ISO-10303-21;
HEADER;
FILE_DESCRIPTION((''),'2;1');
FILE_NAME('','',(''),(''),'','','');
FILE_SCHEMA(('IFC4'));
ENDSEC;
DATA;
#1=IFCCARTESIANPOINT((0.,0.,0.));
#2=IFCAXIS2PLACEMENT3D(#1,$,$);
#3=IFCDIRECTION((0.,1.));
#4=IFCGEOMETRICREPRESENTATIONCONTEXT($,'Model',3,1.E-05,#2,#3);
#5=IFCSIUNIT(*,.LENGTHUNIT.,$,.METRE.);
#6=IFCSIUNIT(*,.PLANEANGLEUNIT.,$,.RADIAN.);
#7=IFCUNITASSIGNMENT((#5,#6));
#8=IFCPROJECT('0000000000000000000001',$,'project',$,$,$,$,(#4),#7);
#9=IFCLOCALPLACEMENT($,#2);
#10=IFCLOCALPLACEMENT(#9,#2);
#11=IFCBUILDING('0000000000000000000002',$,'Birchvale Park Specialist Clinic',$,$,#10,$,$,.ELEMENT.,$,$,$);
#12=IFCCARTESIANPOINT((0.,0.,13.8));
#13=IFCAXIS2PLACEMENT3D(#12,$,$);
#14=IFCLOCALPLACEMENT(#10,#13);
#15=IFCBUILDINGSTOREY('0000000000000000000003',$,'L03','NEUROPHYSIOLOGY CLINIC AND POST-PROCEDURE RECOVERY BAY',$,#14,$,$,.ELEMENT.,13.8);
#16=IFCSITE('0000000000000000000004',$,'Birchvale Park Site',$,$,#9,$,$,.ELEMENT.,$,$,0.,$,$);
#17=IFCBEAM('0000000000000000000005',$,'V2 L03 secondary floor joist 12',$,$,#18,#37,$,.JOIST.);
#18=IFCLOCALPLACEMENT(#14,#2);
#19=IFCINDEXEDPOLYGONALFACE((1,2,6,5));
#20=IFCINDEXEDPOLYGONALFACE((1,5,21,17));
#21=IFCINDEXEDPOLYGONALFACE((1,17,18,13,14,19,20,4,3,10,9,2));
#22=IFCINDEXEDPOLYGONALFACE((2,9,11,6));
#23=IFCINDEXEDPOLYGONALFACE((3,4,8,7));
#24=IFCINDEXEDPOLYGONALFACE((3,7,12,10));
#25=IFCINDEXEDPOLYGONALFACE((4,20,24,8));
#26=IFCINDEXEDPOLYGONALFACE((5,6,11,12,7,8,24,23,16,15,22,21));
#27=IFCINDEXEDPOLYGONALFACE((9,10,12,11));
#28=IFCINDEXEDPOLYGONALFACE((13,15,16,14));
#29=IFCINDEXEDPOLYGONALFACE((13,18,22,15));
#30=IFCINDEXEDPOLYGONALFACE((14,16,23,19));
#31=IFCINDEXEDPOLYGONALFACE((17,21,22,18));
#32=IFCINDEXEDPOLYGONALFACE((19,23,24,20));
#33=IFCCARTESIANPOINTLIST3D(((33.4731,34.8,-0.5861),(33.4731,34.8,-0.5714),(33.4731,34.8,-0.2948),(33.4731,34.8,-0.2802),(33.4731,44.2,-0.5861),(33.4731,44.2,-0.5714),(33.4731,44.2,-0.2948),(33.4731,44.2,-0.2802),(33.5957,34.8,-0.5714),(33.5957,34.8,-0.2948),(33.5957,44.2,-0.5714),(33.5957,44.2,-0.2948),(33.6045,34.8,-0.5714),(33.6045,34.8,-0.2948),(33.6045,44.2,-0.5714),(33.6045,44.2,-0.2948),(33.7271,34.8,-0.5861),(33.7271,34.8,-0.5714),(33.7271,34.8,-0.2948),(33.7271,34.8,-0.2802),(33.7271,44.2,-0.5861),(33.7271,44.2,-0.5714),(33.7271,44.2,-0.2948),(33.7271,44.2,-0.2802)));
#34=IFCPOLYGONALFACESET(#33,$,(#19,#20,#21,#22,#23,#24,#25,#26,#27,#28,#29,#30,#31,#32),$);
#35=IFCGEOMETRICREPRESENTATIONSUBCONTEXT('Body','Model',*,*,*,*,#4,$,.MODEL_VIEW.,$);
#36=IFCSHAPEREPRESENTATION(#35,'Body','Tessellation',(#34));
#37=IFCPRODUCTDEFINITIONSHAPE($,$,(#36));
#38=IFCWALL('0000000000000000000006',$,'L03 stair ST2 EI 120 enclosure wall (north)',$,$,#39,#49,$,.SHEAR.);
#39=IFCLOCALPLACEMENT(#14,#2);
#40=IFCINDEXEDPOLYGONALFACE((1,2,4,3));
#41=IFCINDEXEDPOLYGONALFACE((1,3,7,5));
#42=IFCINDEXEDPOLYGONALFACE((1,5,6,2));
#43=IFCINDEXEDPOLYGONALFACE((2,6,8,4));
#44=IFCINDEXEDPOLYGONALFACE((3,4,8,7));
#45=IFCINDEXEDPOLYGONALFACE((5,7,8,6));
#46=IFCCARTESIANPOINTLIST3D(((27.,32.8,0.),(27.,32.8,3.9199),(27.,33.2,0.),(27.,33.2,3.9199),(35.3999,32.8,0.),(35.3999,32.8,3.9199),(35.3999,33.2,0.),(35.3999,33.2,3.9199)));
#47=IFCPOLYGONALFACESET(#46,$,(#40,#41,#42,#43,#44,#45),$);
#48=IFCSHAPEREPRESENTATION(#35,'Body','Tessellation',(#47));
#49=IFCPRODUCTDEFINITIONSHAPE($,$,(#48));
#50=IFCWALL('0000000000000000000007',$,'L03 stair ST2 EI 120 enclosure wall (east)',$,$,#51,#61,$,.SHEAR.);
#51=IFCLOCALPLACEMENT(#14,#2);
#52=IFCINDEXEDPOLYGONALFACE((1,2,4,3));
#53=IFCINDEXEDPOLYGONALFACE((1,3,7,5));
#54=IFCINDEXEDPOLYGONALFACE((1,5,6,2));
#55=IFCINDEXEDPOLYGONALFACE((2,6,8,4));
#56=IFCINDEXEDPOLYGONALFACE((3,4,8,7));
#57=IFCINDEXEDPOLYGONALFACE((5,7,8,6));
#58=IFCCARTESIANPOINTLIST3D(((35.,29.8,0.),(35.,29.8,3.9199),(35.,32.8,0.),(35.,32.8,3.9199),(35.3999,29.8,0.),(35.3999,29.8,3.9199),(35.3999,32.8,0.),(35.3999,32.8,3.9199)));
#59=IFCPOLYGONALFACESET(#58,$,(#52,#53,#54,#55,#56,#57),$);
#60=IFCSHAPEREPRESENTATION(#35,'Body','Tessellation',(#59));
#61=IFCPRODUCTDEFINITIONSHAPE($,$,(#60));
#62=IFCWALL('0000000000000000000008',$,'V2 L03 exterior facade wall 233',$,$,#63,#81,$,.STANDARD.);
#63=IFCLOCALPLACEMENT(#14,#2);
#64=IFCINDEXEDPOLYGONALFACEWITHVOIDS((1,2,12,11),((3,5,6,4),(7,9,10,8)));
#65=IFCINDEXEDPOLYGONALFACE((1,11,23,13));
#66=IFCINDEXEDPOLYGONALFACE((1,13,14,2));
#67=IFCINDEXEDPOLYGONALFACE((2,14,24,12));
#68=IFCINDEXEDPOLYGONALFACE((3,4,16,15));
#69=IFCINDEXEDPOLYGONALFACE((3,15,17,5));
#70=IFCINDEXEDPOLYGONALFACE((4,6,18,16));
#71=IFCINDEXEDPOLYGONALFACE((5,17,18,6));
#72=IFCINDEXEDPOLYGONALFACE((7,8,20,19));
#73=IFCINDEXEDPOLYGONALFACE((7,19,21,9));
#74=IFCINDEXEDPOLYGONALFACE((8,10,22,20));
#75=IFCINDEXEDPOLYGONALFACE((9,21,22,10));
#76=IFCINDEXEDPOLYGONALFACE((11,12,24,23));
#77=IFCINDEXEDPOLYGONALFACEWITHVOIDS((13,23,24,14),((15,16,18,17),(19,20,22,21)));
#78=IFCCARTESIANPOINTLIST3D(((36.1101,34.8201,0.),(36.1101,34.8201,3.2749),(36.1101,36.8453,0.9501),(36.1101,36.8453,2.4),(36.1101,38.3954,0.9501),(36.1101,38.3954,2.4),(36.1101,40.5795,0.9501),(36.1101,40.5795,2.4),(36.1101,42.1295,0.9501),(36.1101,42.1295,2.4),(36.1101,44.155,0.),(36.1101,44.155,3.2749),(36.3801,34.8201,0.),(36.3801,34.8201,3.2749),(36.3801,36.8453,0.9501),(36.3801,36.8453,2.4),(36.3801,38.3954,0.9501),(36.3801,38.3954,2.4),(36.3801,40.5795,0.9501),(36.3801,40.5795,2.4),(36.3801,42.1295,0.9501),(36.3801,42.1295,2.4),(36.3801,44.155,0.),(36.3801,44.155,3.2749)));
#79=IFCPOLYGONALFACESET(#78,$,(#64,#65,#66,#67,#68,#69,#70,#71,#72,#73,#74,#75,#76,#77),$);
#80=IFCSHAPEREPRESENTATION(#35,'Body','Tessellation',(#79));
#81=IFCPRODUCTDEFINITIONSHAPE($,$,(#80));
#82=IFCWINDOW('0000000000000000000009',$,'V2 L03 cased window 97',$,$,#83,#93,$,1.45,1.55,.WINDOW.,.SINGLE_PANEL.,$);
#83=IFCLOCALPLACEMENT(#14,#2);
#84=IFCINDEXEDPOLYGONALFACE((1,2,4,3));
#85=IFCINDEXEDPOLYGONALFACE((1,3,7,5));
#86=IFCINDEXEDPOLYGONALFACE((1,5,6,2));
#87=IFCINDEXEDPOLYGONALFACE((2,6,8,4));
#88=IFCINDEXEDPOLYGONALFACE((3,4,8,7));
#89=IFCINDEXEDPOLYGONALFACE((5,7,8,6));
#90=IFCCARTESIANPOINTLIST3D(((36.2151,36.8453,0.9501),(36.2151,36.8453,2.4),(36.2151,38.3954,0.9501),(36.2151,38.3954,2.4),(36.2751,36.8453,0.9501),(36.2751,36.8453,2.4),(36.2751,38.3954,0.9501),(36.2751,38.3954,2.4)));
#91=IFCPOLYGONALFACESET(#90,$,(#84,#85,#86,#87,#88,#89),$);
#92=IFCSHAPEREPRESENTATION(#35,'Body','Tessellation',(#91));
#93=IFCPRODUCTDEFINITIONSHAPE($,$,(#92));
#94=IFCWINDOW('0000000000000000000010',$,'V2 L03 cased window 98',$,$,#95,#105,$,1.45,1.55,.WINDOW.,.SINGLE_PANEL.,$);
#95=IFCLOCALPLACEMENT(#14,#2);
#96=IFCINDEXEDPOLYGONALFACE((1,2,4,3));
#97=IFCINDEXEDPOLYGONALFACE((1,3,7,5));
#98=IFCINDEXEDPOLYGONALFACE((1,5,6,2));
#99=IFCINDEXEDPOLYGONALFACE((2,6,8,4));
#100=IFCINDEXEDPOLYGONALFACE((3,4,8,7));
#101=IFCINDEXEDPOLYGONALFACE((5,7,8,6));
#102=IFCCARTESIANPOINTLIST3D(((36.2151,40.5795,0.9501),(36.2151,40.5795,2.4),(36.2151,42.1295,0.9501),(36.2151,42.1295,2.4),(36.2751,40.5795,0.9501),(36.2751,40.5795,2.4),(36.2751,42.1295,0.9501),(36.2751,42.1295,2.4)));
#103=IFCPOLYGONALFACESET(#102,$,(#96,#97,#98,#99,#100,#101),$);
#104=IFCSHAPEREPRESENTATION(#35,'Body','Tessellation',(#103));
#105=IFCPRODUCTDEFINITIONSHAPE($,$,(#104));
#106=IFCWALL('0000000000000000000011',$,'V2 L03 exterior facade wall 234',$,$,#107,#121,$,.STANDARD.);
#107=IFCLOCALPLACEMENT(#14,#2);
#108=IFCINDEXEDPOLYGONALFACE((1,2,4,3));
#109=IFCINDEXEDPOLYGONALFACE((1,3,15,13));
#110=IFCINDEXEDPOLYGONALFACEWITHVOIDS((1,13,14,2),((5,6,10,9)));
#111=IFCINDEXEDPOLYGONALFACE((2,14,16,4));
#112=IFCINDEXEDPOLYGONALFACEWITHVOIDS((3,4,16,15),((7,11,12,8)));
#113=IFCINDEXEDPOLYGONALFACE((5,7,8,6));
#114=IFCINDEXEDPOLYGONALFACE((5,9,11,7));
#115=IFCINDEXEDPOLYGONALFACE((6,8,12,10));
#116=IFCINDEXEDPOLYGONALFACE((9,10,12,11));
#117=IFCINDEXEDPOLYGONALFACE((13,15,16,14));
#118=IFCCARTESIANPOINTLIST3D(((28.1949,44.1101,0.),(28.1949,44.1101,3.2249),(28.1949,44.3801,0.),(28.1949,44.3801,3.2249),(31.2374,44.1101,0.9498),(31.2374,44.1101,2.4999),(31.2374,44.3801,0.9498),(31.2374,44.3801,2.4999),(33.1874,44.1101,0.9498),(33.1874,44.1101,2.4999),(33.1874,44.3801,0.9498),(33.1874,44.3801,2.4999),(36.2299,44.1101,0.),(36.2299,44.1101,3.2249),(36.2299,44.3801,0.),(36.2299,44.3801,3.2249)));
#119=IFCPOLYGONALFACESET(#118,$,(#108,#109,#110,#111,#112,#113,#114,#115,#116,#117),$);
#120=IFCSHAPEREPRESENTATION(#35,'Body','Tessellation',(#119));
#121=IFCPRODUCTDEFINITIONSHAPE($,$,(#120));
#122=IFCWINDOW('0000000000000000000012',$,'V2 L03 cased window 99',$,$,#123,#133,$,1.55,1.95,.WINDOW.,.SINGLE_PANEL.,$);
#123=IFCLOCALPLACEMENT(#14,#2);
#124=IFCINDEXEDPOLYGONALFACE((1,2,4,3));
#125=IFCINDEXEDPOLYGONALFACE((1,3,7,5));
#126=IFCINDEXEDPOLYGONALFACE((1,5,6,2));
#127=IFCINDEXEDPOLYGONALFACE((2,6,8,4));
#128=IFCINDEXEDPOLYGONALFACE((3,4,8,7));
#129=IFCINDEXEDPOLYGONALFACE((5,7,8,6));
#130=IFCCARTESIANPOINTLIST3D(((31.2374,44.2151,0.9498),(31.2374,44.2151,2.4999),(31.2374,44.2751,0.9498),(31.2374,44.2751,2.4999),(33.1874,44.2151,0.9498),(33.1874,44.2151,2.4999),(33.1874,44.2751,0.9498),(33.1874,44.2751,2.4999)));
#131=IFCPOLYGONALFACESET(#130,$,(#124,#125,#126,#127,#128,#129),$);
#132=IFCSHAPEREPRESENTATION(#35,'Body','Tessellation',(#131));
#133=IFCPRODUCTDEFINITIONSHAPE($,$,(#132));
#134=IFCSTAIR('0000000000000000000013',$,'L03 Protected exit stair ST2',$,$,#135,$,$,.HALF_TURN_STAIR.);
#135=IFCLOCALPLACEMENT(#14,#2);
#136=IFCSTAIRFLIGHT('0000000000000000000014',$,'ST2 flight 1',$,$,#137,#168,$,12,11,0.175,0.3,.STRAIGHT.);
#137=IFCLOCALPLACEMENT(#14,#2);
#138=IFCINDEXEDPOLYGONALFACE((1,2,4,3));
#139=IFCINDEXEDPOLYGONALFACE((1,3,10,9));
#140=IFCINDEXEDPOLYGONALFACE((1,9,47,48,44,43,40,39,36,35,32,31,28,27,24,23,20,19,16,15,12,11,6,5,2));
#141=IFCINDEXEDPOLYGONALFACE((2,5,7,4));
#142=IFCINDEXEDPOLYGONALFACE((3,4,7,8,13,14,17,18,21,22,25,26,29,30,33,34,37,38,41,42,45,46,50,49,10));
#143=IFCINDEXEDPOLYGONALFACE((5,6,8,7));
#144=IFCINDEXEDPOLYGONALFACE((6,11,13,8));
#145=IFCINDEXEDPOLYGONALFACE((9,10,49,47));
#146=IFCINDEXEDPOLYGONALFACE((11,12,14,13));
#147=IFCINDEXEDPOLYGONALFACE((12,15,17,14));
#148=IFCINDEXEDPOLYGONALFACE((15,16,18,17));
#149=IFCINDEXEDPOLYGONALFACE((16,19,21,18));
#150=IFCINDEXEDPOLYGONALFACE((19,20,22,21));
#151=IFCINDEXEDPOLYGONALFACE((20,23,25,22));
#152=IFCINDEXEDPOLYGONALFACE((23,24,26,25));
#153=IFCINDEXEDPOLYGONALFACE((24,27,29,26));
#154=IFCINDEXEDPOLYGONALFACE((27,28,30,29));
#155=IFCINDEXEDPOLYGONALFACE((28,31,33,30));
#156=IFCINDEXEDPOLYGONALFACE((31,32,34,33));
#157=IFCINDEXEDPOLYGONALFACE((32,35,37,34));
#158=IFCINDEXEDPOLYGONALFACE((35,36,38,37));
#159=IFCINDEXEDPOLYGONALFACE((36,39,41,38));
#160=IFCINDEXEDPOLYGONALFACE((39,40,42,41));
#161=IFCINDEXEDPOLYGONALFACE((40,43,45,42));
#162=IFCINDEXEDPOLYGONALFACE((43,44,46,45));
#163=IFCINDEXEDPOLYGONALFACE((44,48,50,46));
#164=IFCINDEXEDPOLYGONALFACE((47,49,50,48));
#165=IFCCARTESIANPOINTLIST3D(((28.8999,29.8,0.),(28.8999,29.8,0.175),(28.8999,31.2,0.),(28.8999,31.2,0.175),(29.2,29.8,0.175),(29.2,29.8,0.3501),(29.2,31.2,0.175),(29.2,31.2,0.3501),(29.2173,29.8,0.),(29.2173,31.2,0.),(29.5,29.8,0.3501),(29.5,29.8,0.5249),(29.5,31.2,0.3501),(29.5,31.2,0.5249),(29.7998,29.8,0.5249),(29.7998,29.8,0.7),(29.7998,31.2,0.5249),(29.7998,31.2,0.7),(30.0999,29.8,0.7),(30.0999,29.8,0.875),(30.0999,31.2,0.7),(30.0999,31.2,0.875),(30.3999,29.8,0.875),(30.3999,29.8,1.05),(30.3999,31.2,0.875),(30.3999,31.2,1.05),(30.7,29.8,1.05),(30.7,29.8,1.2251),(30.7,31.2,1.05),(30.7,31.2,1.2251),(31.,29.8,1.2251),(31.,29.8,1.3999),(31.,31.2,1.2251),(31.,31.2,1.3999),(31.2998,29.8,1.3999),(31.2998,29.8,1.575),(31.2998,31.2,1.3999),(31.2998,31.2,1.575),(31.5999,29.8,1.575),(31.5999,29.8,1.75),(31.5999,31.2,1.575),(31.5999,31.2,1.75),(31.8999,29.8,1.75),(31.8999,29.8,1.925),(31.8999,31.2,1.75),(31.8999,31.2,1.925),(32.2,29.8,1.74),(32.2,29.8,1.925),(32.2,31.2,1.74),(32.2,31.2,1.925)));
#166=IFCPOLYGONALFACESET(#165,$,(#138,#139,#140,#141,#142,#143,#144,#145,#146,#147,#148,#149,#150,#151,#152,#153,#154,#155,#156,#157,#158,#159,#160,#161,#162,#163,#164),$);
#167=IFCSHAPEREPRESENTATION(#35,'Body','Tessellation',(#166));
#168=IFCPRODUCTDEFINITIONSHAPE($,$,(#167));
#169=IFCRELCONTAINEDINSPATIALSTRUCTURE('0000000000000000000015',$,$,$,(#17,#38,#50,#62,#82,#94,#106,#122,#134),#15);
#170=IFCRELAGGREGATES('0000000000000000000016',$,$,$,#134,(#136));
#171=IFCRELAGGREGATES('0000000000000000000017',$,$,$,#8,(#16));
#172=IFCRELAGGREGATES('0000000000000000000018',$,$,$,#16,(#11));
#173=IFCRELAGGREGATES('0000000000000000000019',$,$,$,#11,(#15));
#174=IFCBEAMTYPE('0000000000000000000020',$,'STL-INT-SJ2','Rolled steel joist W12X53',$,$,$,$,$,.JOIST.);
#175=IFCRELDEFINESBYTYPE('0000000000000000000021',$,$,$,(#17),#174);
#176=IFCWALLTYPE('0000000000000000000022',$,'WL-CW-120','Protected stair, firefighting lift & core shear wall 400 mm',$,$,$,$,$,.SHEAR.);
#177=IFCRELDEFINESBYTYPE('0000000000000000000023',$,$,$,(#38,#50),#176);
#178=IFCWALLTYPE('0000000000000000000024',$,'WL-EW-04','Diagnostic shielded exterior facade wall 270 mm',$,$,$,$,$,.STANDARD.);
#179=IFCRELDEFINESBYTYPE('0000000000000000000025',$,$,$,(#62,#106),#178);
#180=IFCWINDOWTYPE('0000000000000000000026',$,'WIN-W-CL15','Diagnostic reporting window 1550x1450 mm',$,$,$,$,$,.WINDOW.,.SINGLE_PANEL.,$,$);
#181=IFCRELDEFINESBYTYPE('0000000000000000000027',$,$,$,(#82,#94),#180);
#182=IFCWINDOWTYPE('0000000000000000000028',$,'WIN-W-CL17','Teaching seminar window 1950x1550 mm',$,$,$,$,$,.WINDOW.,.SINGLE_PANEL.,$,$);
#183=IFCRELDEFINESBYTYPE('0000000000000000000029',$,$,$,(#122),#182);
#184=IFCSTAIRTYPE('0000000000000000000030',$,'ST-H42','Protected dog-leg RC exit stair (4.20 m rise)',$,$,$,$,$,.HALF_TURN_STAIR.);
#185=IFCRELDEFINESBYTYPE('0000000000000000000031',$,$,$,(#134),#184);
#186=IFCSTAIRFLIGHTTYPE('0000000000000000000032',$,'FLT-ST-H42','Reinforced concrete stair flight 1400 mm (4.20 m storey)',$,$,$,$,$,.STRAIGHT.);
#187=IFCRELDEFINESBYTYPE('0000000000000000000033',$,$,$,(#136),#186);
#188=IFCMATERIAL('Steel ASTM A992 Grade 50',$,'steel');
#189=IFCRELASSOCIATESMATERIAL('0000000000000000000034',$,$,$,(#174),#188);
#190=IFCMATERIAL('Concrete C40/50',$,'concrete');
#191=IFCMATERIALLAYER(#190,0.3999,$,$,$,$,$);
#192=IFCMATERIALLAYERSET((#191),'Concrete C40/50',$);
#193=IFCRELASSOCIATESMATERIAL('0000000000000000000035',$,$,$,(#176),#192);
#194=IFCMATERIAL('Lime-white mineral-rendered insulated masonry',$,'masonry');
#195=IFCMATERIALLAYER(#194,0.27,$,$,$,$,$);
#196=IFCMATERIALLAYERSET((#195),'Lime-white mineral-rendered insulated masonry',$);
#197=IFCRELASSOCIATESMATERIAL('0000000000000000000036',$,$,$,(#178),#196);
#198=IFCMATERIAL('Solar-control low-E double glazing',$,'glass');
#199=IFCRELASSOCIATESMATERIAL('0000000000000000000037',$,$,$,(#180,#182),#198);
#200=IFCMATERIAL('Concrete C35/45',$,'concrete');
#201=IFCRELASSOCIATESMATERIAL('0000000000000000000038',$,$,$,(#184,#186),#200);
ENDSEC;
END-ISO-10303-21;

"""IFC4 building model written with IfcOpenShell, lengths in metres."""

from ifc_helpers import new_model, si_unit, direction, frame, frame_2d, origin, origin_2d, place, context, subcontext, project, spatial, polyline, rectangle, i_section, outline, extrude, material, layer, layer_set, material_profile, profile_set, type_object, element, fill, aggregate, save


model = new_model("IFC4")

# Units and contexts
model_context = context("Model", 3, precision=1e-05, world=origin(), true_north=direction((0.0, 1.0)))
body_context = subcontext(model_context, "Body", "Model", "MODEL_VIEW")
ifc_project = project(units=[si_unit("LENGTHUNIT", "METRE"), si_unit("PLANEANGLEUNIT", "RADIAN")], contexts=[model_context])

# Site, building, storey
site_placement = place(None, origin())
site = spatial("IfcSite", under=ifc_project, at=site_placement, Name="Birchvale Park Site", CompositionType="ELEMENT", RefElevation=0.0)
building_placement = place(site_placement, origin())
building = spatial("IfcBuilding", under=site, at=building_placement, Name="Birchvale Park Specialist Clinic", CompositionType="ELEMENT")
storey_placement = place(building_placement, frame((0.0, 0.0, 13.8)))
storey = spatial("IfcBuildingStorey", under=building, at=storey_placement, Name="L03", Description="NEUROPHYSIOLOGY CLINIC AND POST-PROCEDURE RECOVERY BAY", CompositionType="ELEMENT", Elevation=13.8)

# Shared definitions
ifc_material_1 = material(Name="Concrete C40/50", Category="concrete")

# Beam
ifc_material_2 = material(Name="Steel ASTM A992 Grade 50", Category="steel")
ifc_material_profile_1 = material_profile(ifc_material_2, i_section(OverallWidth=0.2539, OverallDepth=0.3059, WebThickness=0.0088, FlangeThickness=0.0146, at=origin_2d()), Name="W12X53")
ifc_profile_set_1 = profile_set([ifc_material_profile_1], Name="Steel ASTM A992 Grade 50")
beam_type_1 = type_object("IfcBeamType", Name="STL-INT-SJ2", Description="Rolled steel joist W12X53", PredefinedType="JOIST", material=ifc_profile_set_1)
beam_1_placement = place(storey_placement, frame((33.6001, 34.8, -0.4331), z_axis=(0.0, 1.0, 0.0), x_axis=(-1.0, 0.0, 0.0)))
element("IfcBeam", 1, at=beam_1_placement, inside=storey, type_object=beam_type_1, Name="V2 L03 secondary floor joist 12", PredefinedType="JOIST", context=body_context, shape_type="SweptSolid", body=[
    extrude(i_section(OverallWidth=0.2539, OverallDepth=0.3059, WebThickness=0.0088, FlangeThickness=0.0146, at=origin_2d()), origin(), (0.0, 0.0, 1.0), 9.3999),
])

# Walls
ifc_layer_1 = layer(ifc_material_1, 0.3999)
ifc_layer_set_1 = layer_set([ifc_layer_1], Name="Concrete C40/50")
wall_type_1 = type_object("IfcWallType", Name="WL-CW-120", Description="Protected stair, firefighting lift & core shear wall 400 mm", PredefinedType="SHEAR", material=ifc_layer_set_1)
wall_1_placement = place(storey_placement, frame((35.3999, 33.0, 0.0), z_axis=(0.0, 0.0, 1.0), x_axis=(-1.0, 0.0, 0.0)))
element("IfcWall", 2, at=wall_1_placement, inside=storey, type_object=wall_type_1, Name="L03 stair ST2 EI 120 enclosure wall (north)", PredefinedType="SHEAR", context=body_context, shape_type="SweptSolid", body=[
    extrude(rectangle(XDim=8.3999, YDim=0.3999, at=frame_2d((4.2, 0.0))), origin(), (0.0, 0.0, 1.0), 3.9199),
])
wall_2_placement = place(storey_placement, frame((35.2, 32.8, 0.0), z_axis=(0.0, 0.0, 1.0), x_axis=(0.0, -1.0, 0.0)))
element("IfcWall", 3, at=wall_2_placement, inside=storey, type_object=wall_type_1, Name="L03 stair ST2 EI 120 enclosure wall (east)", PredefinedType="SHEAR", context=body_context, shape_type="SweptSolid", body=[
    extrude(rectangle(XDim=3.0, YDim=0.3999, at=frame_2d((1.5, 0.0))), origin(), (0.0, 0.0, 1.0), 3.9199),
])

# Wall, openings, windows
ifc_material_3 = material(Name="Lime-white mineral-rendered insulated masonry", Category="masonry")
ifc_layer_2 = layer(ifc_material_3, 0.27)
ifc_layer_set_2 = layer_set([ifc_layer_2], Name="Lime-white mineral-rendered insulated masonry")
wall_type_2 = type_object("IfcWallType", Name="WL-EW-04", Description="Diagnostic shielded exterior facade wall 270 mm", PredefinedType="STANDARD", material=ifc_layer_set_2)
wall_3_placement = place(storey_placement, frame((36.2451, 34.8201, 0.0), z_axis=(0.0, 0.0, 1.0), x_axis=(0.0, 1.0, 0.0)))
wall_3 = element("IfcWall", 4, at=wall_3_placement, inside=storey, type_object=wall_type_2, Name="V2 L03 exterior facade wall 233", PredefinedType="STANDARD", context=body_context, shape_type="SweptSolid", body=[
    extrude(rectangle(XDim=9.335, YDim=0.27, at=frame_2d((4.6675, 0.0))), origin(), (0.0, 0.0, 1.0), 3.2749),
])
opening_1_placement = place(wall_3_placement, frame((2.0254, 0.0, 0.95)))
opening_1 = element("IfcOpeningElement", 5, at=opening_1_placement, cuts=wall_3, PredefinedType="OPENING", context=body_context, shape_type="SweptSolid", body=[
    extrude(rectangle(XDim=1.55, YDim=1.45, at=frame_2d((0.7749, 0.7251))), frame((0.0, 0.145, 0.0), z_axis=(0.0, -1.0, 0.0), x_axis=(1.0, 0.0, 0.0)), (0.0, 0.0, 1.0), 0.29),
])
opening_2_placement = place(wall_3_placement, frame((5.7595, 0.0, 0.95)))
opening_2 = element("IfcOpeningElement", 6, at=opening_2_placement, cuts=wall_3, PredefinedType="OPENING", context=body_context, shape_type="SweptSolid", body=[
    extrude(rectangle(XDim=1.55, YDim=1.45, at=frame_2d((0.7749, 0.7251))), frame((0.0, 0.145, 0.0), z_axis=(0.0, -1.0, 0.0), x_axis=(1.0, 0.0, 0.0)), (0.0, 0.0, 1.0), 0.29),
])
ifc_material_4 = material(Name="Solar-control low-E double glazing", Category="glass")
window_type_1 = type_object("IfcWindowType", Name="WIN-W-CL15", Description="Diagnostic reporting window 1550x1450 mm", PartitioningType="SINGLE_PANEL", PredefinedType="WINDOW", material=ifc_material_4)
window_1_placement = place(opening_1_placement, origin())
window_1 = element("IfcWindow", 7, at=window_1_placement, inside=storey, type_object=window_type_1, Name="V2 L03 cased window 97", OverallHeight=1.45, OverallWidth=1.55, PartitioningType="SINGLE_PANEL", PredefinedType="WINDOW", context=body_context, shape_type="SweptSolid", body=[
    extrude(rectangle(XDim=1.55, YDim=1.45, at=frame_2d((0.7749, 0.7251))), frame((0.0, 0.03, 0.0), z_axis=(0.0, -1.0, 0.0), x_axis=(1.0, 0.0, 0.0)), (0.0, 0.0, 1.0), 0.0601),
])
fill(opening_1, window_1)
window_2_placement = place(opening_2_placement, origin())
window_2 = element("IfcWindow", 8, at=window_2_placement, inside=storey, type_object=window_type_1, Name="V2 L03 cased window 98", OverallHeight=1.45, OverallWidth=1.55, PartitioningType="SINGLE_PANEL", PredefinedType="WINDOW", context=body_context, shape_type="SweptSolid", body=[
    extrude(rectangle(XDim=1.55, YDim=1.45, at=frame_2d((0.7749, 0.7251))), frame((0.0, 0.03, 0.0), z_axis=(0.0, -1.0, 0.0), x_axis=(1.0, 0.0, 0.0)), (0.0, 0.0, 1.0), 0.0601),
])
fill(opening_2, window_2)

# Wall, opening, window
wall_4_placement = place(storey_placement, frame((36.23, 44.2451, 0.0), z_axis=(0.0, 0.0, 1.0), x_axis=(-1.0, 0.0, 0.0)))
wall_4 = element("IfcWall", 9, at=wall_4_placement, inside=storey, type_object=wall_type_2, Name="V2 L03 exterior facade wall 234", PredefinedType="STANDARD", context=body_context, shape_type="SweptSolid", body=[
    extrude(rectangle(XDim=8.0349, YDim=0.27, at=frame_2d((4.0176, 0.0))), origin(), (0.0, 0.0, 1.0), 3.2249),
])
opening_3_placement = place(wall_4_placement, frame((3.0425, 0.0, 0.95)))
opening_3 = element("IfcOpeningElement", 10, at=opening_3_placement, cuts=wall_4, PredefinedType="OPENING", context=body_context, shape_type="SweptSolid", body=[
    extrude(rectangle(XDim=1.95, YDim=1.55, at=frame_2d((0.9751, 0.7749))), frame((0.0, 0.145, 0.0), z_axis=(0.0, -1.0, 0.0), x_axis=(1.0, 0.0, 0.0)), (0.0, 0.0, 1.0), 0.29),
])
window_type_2 = type_object("IfcWindowType", Name="WIN-W-CL17", Description="Teaching seminar window 1950x1550 mm", PartitioningType="SINGLE_PANEL", PredefinedType="WINDOW", material=ifc_material_4)
window_3_placement = place(opening_3_placement, origin())
window_3 = element("IfcWindow", 11, at=window_3_placement, inside=storey, type_object=window_type_2, Name="V2 L03 cased window 99", OverallHeight=1.55, OverallWidth=1.95, PartitioningType="SINGLE_PANEL", PredefinedType="WINDOW", context=body_context, shape_type="SweptSolid", body=[
    extrude(rectangle(XDim=1.95, YDim=1.55, at=frame_2d((0.9751, 0.7749))), frame((0.0, 0.03, 0.0), z_axis=(0.0, -1.0, 0.0), x_axis=(1.0, 0.0, 0.0)), (0.0, 0.0, 1.0), 0.0601),
])
fill(opening_3, window_3)

# Stair, stair flight
ifc_material_5 = material(Name="Concrete C35/45", Category="concrete")
stair_type = type_object("IfcStairType", Name="ST-H42", Description="Protected dog-leg RC exit stair (4.20 m rise)", PredefinedType="HALF_TURN_STAIR", material=ifc_material_5)
stair_placement = place(storey_placement, origin())
stair = element("IfcStair", 12, at=stair_placement, inside=storey, type_object=stair_type, Name="L03 Protected exit stair ST2", PredefinedType="HALF_TURN_STAIR")
stair_flight_type = type_object("IfcStairFlightType", Name="FLT-ST-H42", Description="Reinforced concrete stair flight 1400 mm (4.20 m storey)", PredefinedType="STRAIGHT", material=ifc_material_5)
stair_flight_1_placement = place(storey_placement, frame((28.8999, 30.5, 0.0), z_axis=(0.0, 0.0, 1.0), x_axis=(1.0, 0.0, 0.0)))
stair_flight_1 = element("IfcStairFlight", 13, at=stair_flight_1_placement, type_object=stair_flight_type, Name="ST2 flight 1", NumberOfRisers=12, NumberOfTreads=11, PredefinedType="STRAIGHT", RiserHeight=0.175, TreadLength=0.3, context=body_context, shape_type="SweptSolid", body=[
    extrude(outline(polyline([(0.0, 0.0), (0.0, 0.175), (0.3, 0.175), (0.3, 0.3501), (0.6001, 0.3501), (0.6001, 0.5249), (0.8999, 0.5249), (0.8999, 0.7), (1.2, 0.7), (1.2, 0.875), (1.5, 0.875), (1.5, 1.05), (1.8, 1.05), (1.8, 1.2251), (2.1001, 1.2251), (2.1001, 1.3999), (2.3999, 1.3999), (2.3999, 1.575), (2.7, 1.575), (2.7, 1.75), (3.0, 1.75), (3.0, 1.925), (3.3, 1.925), (3.3, 2.1001), (3.3, 1.74), (0.3174, 0.0), (0.0, 0.0)])), frame((0.0, 0.7, 0.0), z_axis=(0.0, -1.0, 0.0), x_axis=(1.0, 0.0, 0.0)), (0.0, 0.0, 1.0), 1.3999),
])
aggregate(stair, [stair_flight_1])

save(model, "model.ifc")
